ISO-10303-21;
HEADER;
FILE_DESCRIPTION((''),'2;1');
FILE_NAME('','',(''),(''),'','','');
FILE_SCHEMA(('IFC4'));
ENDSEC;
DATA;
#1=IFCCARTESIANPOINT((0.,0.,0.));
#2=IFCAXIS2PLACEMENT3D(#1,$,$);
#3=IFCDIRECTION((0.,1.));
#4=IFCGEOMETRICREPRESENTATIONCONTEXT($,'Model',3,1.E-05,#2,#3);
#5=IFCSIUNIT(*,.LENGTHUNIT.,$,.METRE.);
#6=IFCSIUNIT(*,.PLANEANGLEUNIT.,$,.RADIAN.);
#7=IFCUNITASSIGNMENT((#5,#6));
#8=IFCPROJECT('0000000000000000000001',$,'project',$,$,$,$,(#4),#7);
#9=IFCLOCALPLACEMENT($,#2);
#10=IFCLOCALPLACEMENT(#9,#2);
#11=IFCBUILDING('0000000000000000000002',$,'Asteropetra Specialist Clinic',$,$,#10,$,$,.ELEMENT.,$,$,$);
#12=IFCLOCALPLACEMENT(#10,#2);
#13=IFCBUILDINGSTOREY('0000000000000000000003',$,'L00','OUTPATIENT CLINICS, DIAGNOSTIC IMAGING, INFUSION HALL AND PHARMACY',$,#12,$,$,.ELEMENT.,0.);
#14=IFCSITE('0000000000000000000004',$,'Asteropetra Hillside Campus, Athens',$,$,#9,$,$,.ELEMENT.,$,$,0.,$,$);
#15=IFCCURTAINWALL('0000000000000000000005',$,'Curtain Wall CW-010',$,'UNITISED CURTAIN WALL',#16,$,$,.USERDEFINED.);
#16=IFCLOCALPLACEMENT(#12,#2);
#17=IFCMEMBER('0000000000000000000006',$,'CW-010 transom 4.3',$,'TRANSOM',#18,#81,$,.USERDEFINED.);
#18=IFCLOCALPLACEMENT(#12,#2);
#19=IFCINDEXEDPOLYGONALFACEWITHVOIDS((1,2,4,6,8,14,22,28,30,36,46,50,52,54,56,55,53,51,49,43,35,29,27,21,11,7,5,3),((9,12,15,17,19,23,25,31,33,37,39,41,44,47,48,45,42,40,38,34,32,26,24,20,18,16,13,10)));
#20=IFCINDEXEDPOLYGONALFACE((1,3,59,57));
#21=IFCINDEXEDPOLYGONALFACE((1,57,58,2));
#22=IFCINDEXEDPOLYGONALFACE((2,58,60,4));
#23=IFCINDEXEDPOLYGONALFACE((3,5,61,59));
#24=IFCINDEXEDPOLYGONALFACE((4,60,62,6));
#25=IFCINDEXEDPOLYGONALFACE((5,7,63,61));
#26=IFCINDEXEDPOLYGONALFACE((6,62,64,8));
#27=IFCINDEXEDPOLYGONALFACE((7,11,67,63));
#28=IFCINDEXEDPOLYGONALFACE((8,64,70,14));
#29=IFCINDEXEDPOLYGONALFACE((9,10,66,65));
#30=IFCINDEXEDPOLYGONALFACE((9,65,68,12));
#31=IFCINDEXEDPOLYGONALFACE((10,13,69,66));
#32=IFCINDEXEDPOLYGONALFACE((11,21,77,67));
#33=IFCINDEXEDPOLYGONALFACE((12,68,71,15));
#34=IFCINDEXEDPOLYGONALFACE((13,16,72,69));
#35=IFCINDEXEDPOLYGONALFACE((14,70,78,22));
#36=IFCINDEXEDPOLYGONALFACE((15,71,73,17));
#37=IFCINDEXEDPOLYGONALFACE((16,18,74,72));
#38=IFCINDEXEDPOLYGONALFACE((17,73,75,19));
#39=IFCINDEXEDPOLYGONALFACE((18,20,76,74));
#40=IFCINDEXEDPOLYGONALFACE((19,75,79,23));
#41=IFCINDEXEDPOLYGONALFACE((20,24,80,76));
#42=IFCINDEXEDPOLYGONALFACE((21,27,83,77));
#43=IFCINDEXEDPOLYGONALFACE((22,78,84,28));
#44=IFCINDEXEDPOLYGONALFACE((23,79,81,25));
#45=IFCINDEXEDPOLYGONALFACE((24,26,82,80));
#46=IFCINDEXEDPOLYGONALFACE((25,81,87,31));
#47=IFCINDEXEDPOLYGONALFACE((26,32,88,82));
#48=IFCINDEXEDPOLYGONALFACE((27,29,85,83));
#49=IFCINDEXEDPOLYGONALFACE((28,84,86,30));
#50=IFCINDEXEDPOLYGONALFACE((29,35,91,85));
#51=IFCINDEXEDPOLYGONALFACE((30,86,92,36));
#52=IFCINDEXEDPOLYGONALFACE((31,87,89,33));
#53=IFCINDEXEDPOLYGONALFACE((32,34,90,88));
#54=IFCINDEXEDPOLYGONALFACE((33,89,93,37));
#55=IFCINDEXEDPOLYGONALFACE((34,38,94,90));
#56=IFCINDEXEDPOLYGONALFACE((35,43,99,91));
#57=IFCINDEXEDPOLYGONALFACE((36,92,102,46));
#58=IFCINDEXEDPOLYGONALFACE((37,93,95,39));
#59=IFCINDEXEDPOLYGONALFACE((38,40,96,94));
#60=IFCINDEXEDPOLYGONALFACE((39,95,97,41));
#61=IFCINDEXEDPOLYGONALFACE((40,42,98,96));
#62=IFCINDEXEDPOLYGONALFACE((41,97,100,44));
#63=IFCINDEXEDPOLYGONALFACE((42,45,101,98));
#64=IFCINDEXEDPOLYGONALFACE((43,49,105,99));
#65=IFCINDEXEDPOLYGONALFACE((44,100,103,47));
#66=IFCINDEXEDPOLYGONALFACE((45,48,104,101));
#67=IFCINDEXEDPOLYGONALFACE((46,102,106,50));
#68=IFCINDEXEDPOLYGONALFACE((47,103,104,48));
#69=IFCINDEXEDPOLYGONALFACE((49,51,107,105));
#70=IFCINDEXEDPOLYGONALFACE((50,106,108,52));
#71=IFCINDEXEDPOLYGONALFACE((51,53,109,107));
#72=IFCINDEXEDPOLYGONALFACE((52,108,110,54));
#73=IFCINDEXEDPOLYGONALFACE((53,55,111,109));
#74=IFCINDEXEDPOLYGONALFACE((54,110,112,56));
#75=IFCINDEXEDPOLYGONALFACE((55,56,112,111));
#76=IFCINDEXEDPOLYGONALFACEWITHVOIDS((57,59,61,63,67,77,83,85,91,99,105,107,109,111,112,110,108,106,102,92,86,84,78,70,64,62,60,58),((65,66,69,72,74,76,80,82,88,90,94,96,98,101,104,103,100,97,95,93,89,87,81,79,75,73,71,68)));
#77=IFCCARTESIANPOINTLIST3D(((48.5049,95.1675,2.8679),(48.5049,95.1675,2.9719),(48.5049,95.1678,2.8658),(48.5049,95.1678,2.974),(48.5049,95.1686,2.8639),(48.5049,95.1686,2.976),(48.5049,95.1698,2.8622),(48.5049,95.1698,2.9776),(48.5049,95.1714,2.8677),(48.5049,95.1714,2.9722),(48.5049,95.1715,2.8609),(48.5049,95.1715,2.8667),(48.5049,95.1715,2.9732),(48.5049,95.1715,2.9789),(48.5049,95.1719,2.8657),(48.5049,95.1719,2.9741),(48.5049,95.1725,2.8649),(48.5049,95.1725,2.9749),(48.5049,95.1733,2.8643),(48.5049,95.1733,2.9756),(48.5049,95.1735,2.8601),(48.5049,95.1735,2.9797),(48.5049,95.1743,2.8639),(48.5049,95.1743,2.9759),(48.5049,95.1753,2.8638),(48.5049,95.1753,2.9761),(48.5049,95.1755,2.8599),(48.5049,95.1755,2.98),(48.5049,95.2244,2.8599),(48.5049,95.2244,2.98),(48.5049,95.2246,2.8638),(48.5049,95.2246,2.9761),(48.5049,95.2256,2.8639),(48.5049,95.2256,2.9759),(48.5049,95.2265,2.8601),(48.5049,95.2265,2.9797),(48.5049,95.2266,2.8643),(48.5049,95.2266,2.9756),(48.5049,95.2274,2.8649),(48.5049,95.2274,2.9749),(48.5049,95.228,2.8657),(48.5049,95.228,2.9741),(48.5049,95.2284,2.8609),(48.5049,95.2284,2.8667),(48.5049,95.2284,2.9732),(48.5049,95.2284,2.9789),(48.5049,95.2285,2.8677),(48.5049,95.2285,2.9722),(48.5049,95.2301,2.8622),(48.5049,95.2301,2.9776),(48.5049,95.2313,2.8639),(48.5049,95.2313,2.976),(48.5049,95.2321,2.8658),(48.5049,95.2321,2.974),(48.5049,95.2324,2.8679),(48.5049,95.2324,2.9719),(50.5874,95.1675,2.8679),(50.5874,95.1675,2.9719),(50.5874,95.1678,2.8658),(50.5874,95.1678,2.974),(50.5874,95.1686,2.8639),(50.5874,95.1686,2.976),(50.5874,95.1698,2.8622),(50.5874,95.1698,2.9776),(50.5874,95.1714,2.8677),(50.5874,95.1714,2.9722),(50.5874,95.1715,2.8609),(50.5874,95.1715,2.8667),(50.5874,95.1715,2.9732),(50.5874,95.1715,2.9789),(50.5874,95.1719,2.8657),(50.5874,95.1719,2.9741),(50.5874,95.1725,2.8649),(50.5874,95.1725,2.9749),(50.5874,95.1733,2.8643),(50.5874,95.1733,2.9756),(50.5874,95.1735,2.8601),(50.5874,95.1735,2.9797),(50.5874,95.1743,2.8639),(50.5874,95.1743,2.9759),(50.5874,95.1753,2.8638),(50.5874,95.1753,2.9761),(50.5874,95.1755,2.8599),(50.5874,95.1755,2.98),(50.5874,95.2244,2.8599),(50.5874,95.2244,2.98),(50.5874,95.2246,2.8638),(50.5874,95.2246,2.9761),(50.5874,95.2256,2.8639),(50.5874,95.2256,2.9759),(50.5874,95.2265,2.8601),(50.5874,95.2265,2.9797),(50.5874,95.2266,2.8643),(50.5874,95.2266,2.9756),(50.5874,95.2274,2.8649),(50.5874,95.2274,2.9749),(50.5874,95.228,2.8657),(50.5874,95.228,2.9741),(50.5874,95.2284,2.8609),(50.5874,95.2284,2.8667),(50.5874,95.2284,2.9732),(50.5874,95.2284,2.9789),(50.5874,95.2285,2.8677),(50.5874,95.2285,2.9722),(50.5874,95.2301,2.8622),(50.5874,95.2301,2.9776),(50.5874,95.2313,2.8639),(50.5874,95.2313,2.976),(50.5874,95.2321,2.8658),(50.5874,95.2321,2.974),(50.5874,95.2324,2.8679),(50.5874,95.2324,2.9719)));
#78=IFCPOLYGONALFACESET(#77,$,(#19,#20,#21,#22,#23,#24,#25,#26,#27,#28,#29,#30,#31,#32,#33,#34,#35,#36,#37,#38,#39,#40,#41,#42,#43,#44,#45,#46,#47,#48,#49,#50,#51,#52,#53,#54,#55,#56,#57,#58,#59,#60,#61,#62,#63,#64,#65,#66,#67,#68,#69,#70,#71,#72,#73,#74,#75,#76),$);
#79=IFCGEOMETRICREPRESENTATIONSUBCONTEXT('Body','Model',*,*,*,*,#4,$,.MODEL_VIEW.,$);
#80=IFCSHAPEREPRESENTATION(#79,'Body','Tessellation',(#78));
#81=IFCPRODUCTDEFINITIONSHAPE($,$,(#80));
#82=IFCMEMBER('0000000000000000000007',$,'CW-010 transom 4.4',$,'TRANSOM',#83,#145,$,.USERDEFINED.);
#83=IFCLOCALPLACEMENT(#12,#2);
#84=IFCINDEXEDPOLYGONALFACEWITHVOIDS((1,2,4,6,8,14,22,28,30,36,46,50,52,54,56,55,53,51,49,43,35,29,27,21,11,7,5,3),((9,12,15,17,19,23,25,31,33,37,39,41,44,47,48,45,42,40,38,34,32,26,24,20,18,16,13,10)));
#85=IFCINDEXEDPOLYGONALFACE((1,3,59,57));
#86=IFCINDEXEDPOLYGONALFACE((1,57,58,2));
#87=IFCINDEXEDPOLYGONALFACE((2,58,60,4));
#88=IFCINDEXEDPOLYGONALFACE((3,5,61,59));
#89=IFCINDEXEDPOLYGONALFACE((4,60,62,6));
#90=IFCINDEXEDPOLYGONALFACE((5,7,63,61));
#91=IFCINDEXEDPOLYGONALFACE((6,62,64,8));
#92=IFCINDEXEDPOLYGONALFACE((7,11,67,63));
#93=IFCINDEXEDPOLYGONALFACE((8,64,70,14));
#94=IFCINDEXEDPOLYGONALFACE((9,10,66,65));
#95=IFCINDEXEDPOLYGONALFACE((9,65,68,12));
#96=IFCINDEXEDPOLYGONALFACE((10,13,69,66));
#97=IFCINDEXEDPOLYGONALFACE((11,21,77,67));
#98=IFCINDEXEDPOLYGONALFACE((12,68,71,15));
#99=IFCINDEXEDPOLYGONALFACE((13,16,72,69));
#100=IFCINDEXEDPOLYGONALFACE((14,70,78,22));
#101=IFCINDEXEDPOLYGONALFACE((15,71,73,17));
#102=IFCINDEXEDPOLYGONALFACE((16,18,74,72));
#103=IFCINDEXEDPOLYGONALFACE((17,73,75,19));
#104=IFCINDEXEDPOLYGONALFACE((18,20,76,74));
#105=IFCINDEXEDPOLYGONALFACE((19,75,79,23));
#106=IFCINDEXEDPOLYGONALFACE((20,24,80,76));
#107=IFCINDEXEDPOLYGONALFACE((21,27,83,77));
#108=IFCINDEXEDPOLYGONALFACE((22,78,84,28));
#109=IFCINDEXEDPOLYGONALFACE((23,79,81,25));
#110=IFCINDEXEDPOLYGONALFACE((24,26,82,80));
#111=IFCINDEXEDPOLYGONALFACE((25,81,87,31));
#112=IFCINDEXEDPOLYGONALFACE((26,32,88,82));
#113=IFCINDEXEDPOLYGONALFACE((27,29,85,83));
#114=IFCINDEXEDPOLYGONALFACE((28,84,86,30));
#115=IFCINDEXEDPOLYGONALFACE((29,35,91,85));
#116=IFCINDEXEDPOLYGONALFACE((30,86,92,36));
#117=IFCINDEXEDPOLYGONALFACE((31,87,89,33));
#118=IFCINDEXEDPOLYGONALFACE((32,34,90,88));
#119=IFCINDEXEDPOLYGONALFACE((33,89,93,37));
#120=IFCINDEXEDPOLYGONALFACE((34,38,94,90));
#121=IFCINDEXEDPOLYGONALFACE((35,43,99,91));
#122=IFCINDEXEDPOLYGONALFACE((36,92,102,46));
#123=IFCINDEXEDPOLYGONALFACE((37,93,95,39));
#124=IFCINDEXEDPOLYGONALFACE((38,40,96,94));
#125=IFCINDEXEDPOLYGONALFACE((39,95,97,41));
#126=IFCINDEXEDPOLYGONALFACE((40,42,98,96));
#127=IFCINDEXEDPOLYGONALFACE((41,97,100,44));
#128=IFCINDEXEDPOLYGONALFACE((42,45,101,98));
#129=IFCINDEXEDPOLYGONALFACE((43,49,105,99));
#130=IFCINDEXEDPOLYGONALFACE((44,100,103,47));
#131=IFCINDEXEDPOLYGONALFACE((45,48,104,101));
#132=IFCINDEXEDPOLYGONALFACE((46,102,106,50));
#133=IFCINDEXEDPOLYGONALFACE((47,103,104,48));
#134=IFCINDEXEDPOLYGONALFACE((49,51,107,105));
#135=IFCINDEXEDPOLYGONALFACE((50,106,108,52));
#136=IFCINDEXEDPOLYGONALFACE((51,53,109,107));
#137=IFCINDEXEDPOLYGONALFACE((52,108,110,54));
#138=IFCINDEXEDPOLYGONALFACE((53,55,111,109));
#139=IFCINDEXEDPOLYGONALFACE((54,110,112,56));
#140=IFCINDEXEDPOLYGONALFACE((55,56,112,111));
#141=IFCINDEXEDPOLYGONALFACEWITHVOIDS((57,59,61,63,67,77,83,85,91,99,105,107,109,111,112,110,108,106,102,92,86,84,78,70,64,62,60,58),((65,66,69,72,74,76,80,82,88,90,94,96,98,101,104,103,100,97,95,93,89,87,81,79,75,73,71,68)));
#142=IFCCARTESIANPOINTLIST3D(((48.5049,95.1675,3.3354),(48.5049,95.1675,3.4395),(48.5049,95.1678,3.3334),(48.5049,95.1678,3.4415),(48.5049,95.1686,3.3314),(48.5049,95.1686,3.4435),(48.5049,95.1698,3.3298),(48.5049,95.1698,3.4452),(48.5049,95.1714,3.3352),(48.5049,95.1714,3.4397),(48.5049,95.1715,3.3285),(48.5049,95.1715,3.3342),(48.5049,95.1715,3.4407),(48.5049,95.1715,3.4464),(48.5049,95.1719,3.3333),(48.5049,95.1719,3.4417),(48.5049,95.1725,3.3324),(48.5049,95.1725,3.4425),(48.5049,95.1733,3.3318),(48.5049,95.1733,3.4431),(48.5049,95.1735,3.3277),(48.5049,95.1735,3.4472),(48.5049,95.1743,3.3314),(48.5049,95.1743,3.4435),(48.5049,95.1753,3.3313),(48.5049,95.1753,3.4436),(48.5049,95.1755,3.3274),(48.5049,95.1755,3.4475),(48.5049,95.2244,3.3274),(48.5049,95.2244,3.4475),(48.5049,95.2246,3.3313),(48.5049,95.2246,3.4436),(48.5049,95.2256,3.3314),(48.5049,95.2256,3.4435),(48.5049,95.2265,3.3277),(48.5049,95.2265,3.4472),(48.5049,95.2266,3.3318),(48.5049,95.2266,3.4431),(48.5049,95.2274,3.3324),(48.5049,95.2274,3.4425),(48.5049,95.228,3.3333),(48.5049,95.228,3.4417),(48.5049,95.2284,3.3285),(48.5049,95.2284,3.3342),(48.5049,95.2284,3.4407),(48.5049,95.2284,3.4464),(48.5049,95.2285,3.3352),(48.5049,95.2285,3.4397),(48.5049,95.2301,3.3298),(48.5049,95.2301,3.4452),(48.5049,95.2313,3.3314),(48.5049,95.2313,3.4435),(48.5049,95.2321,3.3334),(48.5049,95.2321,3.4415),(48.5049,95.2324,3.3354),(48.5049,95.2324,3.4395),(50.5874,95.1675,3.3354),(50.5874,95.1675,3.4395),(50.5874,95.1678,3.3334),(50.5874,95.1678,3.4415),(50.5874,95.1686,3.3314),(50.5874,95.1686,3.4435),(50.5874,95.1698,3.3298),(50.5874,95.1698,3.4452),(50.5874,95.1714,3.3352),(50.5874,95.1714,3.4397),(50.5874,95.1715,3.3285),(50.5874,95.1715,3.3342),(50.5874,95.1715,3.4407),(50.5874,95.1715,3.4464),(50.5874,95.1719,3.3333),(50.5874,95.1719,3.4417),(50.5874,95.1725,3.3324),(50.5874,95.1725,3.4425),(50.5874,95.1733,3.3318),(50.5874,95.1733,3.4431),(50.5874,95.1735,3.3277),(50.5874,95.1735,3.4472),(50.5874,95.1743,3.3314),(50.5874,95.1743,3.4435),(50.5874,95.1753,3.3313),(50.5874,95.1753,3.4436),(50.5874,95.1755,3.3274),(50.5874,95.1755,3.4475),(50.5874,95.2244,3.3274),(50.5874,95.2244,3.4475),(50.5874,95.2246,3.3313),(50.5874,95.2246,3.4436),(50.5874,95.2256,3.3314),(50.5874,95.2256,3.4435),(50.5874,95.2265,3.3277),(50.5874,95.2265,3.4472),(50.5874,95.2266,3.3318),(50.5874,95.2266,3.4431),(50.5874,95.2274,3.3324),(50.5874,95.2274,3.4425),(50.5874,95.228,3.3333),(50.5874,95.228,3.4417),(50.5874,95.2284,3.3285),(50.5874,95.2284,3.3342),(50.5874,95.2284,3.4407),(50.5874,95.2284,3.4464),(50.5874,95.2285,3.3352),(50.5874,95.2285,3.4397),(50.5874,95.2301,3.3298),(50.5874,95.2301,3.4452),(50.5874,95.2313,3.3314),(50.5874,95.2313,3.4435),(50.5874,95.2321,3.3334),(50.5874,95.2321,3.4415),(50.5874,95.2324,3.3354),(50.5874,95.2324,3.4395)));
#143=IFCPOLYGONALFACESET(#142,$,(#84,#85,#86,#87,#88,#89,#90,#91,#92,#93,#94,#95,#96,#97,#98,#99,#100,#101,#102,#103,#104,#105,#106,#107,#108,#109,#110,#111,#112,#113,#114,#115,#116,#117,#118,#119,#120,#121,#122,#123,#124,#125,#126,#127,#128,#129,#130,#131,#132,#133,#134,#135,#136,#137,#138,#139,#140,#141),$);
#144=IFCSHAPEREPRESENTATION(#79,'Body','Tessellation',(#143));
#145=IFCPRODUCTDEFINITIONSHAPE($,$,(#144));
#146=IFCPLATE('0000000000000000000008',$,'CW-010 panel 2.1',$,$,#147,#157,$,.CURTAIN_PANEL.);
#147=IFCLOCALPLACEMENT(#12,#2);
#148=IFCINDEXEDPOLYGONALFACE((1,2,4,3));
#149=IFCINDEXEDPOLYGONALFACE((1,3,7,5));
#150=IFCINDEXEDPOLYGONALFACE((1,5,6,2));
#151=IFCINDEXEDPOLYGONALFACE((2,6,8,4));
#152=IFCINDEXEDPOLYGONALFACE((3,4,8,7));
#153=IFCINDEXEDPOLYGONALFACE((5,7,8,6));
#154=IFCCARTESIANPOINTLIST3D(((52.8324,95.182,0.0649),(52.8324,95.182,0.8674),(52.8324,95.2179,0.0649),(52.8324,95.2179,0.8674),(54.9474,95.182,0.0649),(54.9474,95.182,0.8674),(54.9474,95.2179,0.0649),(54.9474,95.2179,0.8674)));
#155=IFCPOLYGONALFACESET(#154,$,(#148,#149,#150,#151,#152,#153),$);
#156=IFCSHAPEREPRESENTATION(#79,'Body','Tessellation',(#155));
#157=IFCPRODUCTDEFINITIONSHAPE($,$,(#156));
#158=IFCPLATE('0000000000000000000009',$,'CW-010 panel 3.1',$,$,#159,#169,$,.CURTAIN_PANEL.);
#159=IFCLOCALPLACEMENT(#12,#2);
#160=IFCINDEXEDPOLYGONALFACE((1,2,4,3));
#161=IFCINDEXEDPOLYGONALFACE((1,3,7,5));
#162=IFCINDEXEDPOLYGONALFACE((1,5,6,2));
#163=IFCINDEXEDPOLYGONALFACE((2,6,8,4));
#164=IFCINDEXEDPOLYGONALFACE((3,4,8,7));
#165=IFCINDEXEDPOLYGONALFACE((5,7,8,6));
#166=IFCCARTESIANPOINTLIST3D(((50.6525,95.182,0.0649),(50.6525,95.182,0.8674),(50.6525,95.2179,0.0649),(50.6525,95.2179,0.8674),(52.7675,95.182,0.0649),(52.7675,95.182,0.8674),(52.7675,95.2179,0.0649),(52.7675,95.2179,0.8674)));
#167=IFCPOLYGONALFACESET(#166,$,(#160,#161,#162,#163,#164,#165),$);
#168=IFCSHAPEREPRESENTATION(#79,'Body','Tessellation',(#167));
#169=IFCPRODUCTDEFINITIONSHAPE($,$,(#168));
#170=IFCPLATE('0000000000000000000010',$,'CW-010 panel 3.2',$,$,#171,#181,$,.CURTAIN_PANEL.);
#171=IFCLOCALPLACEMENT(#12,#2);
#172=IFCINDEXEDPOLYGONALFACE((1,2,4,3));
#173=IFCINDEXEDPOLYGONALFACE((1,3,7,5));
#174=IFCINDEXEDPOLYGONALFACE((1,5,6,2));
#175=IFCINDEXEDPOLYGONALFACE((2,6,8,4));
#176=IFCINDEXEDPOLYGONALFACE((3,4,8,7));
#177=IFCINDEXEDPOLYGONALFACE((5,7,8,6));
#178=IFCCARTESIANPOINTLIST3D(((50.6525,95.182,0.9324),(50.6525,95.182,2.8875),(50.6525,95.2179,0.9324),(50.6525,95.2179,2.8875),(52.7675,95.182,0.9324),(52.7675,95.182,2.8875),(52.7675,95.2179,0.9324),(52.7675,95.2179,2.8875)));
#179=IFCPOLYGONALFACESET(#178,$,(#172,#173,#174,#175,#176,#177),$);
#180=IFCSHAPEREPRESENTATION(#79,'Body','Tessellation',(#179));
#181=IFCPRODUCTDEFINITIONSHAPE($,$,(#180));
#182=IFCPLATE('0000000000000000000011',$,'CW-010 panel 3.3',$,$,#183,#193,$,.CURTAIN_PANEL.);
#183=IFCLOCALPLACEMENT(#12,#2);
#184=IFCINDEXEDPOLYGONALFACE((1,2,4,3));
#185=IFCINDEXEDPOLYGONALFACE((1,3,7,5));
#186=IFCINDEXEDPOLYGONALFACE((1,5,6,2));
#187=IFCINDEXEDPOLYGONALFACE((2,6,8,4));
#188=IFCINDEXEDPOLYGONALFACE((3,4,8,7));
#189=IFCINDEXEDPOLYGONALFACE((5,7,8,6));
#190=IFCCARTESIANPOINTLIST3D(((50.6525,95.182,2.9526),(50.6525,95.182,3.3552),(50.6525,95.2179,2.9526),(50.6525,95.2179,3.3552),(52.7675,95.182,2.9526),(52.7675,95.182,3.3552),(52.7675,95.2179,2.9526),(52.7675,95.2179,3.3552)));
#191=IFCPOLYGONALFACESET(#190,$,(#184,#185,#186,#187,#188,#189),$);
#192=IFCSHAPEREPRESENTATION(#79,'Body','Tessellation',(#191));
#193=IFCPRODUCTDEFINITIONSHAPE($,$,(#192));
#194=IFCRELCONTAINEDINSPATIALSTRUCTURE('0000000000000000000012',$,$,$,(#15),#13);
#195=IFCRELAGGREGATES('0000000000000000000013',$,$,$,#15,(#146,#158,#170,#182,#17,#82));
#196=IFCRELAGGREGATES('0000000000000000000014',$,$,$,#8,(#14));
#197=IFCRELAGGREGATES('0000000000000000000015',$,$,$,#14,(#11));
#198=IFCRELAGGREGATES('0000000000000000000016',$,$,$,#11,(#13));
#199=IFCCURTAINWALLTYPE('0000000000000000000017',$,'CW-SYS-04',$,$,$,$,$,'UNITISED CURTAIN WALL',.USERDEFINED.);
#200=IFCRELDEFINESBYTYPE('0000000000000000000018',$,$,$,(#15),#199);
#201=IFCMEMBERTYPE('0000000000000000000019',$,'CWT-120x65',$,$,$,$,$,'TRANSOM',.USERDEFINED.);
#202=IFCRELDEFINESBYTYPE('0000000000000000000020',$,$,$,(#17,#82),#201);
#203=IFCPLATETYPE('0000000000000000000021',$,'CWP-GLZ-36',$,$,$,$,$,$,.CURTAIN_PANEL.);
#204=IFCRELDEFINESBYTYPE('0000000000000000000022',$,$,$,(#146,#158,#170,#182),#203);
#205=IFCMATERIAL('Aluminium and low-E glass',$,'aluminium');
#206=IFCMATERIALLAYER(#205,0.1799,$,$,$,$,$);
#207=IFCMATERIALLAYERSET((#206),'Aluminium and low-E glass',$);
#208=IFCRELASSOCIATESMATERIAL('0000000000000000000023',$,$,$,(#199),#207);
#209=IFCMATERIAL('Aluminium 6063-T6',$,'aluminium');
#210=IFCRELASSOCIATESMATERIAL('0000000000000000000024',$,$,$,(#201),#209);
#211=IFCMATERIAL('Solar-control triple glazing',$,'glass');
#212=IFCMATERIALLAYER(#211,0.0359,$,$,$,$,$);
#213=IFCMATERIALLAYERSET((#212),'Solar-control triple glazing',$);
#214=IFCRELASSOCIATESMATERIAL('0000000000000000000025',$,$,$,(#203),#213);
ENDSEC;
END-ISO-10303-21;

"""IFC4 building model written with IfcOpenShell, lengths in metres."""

from ifc_helpers import new_model, si_unit, direction, frame, origin, origin_2d, place, context, subcontext, project, spatial, rectangle, hollow_rectangle, extrude, material, layer, layer_set, material_profile, profile_set, type_object, element, aggregate, save


model = new_model("IFC4")

# Units and contexts
model_context = context("Model", 3, precision=1e-05, world=origin(), true_north=direction((0.0, 1.0)))
body_context = subcontext(model_context, "Body", "Model", "MODEL_VIEW")
ifc_project = project(units=[si_unit("LENGTHUNIT", "METRE"), si_unit("PLANEANGLEUNIT", "RADIAN")], contexts=[model_context])

# Site, building, storey
site_placement = place(None, origin())
site = spatial("IfcSite", under=ifc_project, at=site_placement, Name="Asteropetra Hillside Campus, Athens", CompositionType="ELEMENT", RefElevation=0.0)
building_placement = place(site_placement, origin())
building = spatial("IfcBuilding", under=site, at=building_placement, Name="Asteropetra Specialist Clinic", CompositionType="ELEMENT")
storey_placement = place(building_placement, origin())
storey = spatial("IfcBuildingStorey", under=building, at=storey_placement, Name="L00", Description="OUTPATIENT CLINICS, DIAGNOSTIC IMAGING, INFUSION HALL AND PHARMACY", CompositionType="ELEMENT", Elevation=0.0)

# Curtain wall, members, plates
ifc_material_1 = material(Name="Aluminium and low-E glass", Category="aluminium")
ifc_layer_1 = layer(ifc_material_1, 0.1799)
ifc_layer_set_1 = layer_set([ifc_layer_1], Name="Aluminium and low-E glass")
curtain_wall_type = type_object("IfcCurtainWallType", Name="CW-SYS-04", ElementType="UNITISED CURTAIN WALL", PredefinedType="USERDEFINED", material=ifc_layer_set_1)
curtain_wall_placement = place(storey_placement, origin())
curtain_wall = element("IfcCurtainWall", 1, at=curtain_wall_placement, inside=storey, type_object=curtain_wall_type, Name="Curtain Wall CW-010", ObjectType="UNITISED CURTAIN WALL", PredefinedType="USERDEFINED")
ifc_material_2 = material(Name="Aluminium 6063-T6", Category="aluminium")
ifc_material_profile_1 = material_profile(ifc_material_2, hollow_rectangle(XDim=0.0649, YDim=0.1201, WallThickness=0.0039, InnerFilletRadius=0.0039, OuterFilletRadius=0.0081, at=origin_2d()), Name="TRN 120x65x4.0")
ifc_profile_set_1 = profile_set([ifc_material_profile_1], Name="Aluminium 6063-T6")
member_type_1 = type_object("IfcMemberType", Name="CWT-120x65", ElementType="TRANSOM", PredefinedType="USERDEFINED", material=ifc_profile_set_1)
member_1_placement = place(storey_placement, frame((50.5874, 95.2, 2.9199), z_axis=(-1.0, 0.0, 0.0), x_axis=(0.0, -1.0, 0.0)))
member_1 = element("IfcMember", 2, at=member_1_placement, type_object=member_type_1, Name="CW-010 transom 4.3", ObjectType="TRANSOM", PredefinedType="USERDEFINED", context=body_context, shape_type="SweptSolid", body=[
    extrude(hollow_rectangle(XDim=0.0649, YDim=0.1201, WallThickness=0.0039, InnerFilletRadius=0.0039, OuterFilletRadius=0.0081, at=origin_2d()), origin(), (0.0, 0.0, 1.0), 2.0825),
])
member_2_placement = place(storey_placement, frame((50.5874, 95.2, 3.3875), z_axis=(-1.0, 0.0, 0.0), x_axis=(0.0, -1.0, 0.0)))
member_2 = element("IfcMember", 3, at=member_2_placement, type_object=member_type_1, Name="CW-010 transom 4.4", ObjectType="TRANSOM", PredefinedType="USERDEFINED", context=body_context, shape_type="SweptSolid", body=[
    extrude(hollow_rectangle(XDim=0.0649, YDim=0.1201, WallThickness=0.0039, InnerFilletRadius=0.0039, OuterFilletRadius=0.0081, at=origin_2d()), origin(), (0.0, 0.0, 1.0), 2.0825),
])
ifc_material_3 = material(Name="Solar-control triple glazing", Category="glass")
ifc_layer_2 = layer(ifc_material_3, 0.0359)
ifc_layer_set_2 = layer_set([ifc_layer_2], Name="Solar-control triple glazing")
plate_type = type_object("IfcPlateType", Name="CWP-GLZ-36", PredefinedType="CURTAIN_PANEL", material=ifc_layer_set_2)
plate_1_placement = place(storey_placement, frame((53.8899, 95.2, 0.0649), z_axis=(0.0, 0.0, 1.0), x_axis=(-1.0, 0.0, 0.0)))
plate_1 = element("IfcPlate", 4, at=plate_1_placement, type_object=plate_type, Name="CW-010 panel 2.1", PredefinedType="CURTAIN_PANEL", context=body_context, shape_type="SweptSolid", body=[
    extrude(rectangle(XDim=2.115, YDim=0.0359, at=origin_2d()), origin(), (0.0, 0.0, 1.0), 0.8025),
])
plate_2_placement = place(storey_placement, frame((51.71, 95.2, 0.0649), z_axis=(0.0, 0.0, 1.0), x_axis=(-1.0, 0.0, 0.0)))
plate_2 = element("IfcPlate", 5, at=plate_2_placement, type_object=plate_type, Name="CW-010 panel 3.1", PredefinedType="CURTAIN_PANEL", context=body_context, shape_type="SweptSolid", body=[
    extrude(rectangle(XDim=2.115, YDim=0.0359, at=origin_2d()), origin(), (0.0, 0.0, 1.0), 0.8025),
])
plate_3_placement = place(storey_placement, frame((51.71, 95.2, 0.9324), z_axis=(0.0, 0.0, 1.0), x_axis=(-1.0, 0.0, 0.0)))
plate_3 = element("IfcPlate", 6, at=plate_3_placement, type_object=plate_type, Name="CW-010 panel 3.2", PredefinedType="CURTAIN_PANEL", context=body_context, shape_type="SweptSolid", body=[
    extrude(rectangle(XDim=2.115, YDim=0.0359, at=origin_2d()), origin(), (0.0, 0.0, 1.0), 1.9551),
])
plate_4_placement = place(storey_placement, frame((51.71, 95.2, 2.9526), z_axis=(0.0, 0.0, 1.0), x_axis=(-1.0, 0.0, 0.0)))
plate_4 = element("IfcPlate", 7, at=plate_4_placement, type_object=plate_type, Name="CW-010 panel 3.3", PredefinedType="CURTAIN_PANEL", context=body_context, shape_type="SweptSolid", body=[
    extrude(rectangle(XDim=2.115, YDim=0.0359, at=origin_2d()), origin(), (0.0, 0.0, 1.0), 0.4026),
])
aggregate(curtain_wall, [plate_1, plate_2, plate_3, plate_4, member_1, member_2])

save(model, "model.ifc")
